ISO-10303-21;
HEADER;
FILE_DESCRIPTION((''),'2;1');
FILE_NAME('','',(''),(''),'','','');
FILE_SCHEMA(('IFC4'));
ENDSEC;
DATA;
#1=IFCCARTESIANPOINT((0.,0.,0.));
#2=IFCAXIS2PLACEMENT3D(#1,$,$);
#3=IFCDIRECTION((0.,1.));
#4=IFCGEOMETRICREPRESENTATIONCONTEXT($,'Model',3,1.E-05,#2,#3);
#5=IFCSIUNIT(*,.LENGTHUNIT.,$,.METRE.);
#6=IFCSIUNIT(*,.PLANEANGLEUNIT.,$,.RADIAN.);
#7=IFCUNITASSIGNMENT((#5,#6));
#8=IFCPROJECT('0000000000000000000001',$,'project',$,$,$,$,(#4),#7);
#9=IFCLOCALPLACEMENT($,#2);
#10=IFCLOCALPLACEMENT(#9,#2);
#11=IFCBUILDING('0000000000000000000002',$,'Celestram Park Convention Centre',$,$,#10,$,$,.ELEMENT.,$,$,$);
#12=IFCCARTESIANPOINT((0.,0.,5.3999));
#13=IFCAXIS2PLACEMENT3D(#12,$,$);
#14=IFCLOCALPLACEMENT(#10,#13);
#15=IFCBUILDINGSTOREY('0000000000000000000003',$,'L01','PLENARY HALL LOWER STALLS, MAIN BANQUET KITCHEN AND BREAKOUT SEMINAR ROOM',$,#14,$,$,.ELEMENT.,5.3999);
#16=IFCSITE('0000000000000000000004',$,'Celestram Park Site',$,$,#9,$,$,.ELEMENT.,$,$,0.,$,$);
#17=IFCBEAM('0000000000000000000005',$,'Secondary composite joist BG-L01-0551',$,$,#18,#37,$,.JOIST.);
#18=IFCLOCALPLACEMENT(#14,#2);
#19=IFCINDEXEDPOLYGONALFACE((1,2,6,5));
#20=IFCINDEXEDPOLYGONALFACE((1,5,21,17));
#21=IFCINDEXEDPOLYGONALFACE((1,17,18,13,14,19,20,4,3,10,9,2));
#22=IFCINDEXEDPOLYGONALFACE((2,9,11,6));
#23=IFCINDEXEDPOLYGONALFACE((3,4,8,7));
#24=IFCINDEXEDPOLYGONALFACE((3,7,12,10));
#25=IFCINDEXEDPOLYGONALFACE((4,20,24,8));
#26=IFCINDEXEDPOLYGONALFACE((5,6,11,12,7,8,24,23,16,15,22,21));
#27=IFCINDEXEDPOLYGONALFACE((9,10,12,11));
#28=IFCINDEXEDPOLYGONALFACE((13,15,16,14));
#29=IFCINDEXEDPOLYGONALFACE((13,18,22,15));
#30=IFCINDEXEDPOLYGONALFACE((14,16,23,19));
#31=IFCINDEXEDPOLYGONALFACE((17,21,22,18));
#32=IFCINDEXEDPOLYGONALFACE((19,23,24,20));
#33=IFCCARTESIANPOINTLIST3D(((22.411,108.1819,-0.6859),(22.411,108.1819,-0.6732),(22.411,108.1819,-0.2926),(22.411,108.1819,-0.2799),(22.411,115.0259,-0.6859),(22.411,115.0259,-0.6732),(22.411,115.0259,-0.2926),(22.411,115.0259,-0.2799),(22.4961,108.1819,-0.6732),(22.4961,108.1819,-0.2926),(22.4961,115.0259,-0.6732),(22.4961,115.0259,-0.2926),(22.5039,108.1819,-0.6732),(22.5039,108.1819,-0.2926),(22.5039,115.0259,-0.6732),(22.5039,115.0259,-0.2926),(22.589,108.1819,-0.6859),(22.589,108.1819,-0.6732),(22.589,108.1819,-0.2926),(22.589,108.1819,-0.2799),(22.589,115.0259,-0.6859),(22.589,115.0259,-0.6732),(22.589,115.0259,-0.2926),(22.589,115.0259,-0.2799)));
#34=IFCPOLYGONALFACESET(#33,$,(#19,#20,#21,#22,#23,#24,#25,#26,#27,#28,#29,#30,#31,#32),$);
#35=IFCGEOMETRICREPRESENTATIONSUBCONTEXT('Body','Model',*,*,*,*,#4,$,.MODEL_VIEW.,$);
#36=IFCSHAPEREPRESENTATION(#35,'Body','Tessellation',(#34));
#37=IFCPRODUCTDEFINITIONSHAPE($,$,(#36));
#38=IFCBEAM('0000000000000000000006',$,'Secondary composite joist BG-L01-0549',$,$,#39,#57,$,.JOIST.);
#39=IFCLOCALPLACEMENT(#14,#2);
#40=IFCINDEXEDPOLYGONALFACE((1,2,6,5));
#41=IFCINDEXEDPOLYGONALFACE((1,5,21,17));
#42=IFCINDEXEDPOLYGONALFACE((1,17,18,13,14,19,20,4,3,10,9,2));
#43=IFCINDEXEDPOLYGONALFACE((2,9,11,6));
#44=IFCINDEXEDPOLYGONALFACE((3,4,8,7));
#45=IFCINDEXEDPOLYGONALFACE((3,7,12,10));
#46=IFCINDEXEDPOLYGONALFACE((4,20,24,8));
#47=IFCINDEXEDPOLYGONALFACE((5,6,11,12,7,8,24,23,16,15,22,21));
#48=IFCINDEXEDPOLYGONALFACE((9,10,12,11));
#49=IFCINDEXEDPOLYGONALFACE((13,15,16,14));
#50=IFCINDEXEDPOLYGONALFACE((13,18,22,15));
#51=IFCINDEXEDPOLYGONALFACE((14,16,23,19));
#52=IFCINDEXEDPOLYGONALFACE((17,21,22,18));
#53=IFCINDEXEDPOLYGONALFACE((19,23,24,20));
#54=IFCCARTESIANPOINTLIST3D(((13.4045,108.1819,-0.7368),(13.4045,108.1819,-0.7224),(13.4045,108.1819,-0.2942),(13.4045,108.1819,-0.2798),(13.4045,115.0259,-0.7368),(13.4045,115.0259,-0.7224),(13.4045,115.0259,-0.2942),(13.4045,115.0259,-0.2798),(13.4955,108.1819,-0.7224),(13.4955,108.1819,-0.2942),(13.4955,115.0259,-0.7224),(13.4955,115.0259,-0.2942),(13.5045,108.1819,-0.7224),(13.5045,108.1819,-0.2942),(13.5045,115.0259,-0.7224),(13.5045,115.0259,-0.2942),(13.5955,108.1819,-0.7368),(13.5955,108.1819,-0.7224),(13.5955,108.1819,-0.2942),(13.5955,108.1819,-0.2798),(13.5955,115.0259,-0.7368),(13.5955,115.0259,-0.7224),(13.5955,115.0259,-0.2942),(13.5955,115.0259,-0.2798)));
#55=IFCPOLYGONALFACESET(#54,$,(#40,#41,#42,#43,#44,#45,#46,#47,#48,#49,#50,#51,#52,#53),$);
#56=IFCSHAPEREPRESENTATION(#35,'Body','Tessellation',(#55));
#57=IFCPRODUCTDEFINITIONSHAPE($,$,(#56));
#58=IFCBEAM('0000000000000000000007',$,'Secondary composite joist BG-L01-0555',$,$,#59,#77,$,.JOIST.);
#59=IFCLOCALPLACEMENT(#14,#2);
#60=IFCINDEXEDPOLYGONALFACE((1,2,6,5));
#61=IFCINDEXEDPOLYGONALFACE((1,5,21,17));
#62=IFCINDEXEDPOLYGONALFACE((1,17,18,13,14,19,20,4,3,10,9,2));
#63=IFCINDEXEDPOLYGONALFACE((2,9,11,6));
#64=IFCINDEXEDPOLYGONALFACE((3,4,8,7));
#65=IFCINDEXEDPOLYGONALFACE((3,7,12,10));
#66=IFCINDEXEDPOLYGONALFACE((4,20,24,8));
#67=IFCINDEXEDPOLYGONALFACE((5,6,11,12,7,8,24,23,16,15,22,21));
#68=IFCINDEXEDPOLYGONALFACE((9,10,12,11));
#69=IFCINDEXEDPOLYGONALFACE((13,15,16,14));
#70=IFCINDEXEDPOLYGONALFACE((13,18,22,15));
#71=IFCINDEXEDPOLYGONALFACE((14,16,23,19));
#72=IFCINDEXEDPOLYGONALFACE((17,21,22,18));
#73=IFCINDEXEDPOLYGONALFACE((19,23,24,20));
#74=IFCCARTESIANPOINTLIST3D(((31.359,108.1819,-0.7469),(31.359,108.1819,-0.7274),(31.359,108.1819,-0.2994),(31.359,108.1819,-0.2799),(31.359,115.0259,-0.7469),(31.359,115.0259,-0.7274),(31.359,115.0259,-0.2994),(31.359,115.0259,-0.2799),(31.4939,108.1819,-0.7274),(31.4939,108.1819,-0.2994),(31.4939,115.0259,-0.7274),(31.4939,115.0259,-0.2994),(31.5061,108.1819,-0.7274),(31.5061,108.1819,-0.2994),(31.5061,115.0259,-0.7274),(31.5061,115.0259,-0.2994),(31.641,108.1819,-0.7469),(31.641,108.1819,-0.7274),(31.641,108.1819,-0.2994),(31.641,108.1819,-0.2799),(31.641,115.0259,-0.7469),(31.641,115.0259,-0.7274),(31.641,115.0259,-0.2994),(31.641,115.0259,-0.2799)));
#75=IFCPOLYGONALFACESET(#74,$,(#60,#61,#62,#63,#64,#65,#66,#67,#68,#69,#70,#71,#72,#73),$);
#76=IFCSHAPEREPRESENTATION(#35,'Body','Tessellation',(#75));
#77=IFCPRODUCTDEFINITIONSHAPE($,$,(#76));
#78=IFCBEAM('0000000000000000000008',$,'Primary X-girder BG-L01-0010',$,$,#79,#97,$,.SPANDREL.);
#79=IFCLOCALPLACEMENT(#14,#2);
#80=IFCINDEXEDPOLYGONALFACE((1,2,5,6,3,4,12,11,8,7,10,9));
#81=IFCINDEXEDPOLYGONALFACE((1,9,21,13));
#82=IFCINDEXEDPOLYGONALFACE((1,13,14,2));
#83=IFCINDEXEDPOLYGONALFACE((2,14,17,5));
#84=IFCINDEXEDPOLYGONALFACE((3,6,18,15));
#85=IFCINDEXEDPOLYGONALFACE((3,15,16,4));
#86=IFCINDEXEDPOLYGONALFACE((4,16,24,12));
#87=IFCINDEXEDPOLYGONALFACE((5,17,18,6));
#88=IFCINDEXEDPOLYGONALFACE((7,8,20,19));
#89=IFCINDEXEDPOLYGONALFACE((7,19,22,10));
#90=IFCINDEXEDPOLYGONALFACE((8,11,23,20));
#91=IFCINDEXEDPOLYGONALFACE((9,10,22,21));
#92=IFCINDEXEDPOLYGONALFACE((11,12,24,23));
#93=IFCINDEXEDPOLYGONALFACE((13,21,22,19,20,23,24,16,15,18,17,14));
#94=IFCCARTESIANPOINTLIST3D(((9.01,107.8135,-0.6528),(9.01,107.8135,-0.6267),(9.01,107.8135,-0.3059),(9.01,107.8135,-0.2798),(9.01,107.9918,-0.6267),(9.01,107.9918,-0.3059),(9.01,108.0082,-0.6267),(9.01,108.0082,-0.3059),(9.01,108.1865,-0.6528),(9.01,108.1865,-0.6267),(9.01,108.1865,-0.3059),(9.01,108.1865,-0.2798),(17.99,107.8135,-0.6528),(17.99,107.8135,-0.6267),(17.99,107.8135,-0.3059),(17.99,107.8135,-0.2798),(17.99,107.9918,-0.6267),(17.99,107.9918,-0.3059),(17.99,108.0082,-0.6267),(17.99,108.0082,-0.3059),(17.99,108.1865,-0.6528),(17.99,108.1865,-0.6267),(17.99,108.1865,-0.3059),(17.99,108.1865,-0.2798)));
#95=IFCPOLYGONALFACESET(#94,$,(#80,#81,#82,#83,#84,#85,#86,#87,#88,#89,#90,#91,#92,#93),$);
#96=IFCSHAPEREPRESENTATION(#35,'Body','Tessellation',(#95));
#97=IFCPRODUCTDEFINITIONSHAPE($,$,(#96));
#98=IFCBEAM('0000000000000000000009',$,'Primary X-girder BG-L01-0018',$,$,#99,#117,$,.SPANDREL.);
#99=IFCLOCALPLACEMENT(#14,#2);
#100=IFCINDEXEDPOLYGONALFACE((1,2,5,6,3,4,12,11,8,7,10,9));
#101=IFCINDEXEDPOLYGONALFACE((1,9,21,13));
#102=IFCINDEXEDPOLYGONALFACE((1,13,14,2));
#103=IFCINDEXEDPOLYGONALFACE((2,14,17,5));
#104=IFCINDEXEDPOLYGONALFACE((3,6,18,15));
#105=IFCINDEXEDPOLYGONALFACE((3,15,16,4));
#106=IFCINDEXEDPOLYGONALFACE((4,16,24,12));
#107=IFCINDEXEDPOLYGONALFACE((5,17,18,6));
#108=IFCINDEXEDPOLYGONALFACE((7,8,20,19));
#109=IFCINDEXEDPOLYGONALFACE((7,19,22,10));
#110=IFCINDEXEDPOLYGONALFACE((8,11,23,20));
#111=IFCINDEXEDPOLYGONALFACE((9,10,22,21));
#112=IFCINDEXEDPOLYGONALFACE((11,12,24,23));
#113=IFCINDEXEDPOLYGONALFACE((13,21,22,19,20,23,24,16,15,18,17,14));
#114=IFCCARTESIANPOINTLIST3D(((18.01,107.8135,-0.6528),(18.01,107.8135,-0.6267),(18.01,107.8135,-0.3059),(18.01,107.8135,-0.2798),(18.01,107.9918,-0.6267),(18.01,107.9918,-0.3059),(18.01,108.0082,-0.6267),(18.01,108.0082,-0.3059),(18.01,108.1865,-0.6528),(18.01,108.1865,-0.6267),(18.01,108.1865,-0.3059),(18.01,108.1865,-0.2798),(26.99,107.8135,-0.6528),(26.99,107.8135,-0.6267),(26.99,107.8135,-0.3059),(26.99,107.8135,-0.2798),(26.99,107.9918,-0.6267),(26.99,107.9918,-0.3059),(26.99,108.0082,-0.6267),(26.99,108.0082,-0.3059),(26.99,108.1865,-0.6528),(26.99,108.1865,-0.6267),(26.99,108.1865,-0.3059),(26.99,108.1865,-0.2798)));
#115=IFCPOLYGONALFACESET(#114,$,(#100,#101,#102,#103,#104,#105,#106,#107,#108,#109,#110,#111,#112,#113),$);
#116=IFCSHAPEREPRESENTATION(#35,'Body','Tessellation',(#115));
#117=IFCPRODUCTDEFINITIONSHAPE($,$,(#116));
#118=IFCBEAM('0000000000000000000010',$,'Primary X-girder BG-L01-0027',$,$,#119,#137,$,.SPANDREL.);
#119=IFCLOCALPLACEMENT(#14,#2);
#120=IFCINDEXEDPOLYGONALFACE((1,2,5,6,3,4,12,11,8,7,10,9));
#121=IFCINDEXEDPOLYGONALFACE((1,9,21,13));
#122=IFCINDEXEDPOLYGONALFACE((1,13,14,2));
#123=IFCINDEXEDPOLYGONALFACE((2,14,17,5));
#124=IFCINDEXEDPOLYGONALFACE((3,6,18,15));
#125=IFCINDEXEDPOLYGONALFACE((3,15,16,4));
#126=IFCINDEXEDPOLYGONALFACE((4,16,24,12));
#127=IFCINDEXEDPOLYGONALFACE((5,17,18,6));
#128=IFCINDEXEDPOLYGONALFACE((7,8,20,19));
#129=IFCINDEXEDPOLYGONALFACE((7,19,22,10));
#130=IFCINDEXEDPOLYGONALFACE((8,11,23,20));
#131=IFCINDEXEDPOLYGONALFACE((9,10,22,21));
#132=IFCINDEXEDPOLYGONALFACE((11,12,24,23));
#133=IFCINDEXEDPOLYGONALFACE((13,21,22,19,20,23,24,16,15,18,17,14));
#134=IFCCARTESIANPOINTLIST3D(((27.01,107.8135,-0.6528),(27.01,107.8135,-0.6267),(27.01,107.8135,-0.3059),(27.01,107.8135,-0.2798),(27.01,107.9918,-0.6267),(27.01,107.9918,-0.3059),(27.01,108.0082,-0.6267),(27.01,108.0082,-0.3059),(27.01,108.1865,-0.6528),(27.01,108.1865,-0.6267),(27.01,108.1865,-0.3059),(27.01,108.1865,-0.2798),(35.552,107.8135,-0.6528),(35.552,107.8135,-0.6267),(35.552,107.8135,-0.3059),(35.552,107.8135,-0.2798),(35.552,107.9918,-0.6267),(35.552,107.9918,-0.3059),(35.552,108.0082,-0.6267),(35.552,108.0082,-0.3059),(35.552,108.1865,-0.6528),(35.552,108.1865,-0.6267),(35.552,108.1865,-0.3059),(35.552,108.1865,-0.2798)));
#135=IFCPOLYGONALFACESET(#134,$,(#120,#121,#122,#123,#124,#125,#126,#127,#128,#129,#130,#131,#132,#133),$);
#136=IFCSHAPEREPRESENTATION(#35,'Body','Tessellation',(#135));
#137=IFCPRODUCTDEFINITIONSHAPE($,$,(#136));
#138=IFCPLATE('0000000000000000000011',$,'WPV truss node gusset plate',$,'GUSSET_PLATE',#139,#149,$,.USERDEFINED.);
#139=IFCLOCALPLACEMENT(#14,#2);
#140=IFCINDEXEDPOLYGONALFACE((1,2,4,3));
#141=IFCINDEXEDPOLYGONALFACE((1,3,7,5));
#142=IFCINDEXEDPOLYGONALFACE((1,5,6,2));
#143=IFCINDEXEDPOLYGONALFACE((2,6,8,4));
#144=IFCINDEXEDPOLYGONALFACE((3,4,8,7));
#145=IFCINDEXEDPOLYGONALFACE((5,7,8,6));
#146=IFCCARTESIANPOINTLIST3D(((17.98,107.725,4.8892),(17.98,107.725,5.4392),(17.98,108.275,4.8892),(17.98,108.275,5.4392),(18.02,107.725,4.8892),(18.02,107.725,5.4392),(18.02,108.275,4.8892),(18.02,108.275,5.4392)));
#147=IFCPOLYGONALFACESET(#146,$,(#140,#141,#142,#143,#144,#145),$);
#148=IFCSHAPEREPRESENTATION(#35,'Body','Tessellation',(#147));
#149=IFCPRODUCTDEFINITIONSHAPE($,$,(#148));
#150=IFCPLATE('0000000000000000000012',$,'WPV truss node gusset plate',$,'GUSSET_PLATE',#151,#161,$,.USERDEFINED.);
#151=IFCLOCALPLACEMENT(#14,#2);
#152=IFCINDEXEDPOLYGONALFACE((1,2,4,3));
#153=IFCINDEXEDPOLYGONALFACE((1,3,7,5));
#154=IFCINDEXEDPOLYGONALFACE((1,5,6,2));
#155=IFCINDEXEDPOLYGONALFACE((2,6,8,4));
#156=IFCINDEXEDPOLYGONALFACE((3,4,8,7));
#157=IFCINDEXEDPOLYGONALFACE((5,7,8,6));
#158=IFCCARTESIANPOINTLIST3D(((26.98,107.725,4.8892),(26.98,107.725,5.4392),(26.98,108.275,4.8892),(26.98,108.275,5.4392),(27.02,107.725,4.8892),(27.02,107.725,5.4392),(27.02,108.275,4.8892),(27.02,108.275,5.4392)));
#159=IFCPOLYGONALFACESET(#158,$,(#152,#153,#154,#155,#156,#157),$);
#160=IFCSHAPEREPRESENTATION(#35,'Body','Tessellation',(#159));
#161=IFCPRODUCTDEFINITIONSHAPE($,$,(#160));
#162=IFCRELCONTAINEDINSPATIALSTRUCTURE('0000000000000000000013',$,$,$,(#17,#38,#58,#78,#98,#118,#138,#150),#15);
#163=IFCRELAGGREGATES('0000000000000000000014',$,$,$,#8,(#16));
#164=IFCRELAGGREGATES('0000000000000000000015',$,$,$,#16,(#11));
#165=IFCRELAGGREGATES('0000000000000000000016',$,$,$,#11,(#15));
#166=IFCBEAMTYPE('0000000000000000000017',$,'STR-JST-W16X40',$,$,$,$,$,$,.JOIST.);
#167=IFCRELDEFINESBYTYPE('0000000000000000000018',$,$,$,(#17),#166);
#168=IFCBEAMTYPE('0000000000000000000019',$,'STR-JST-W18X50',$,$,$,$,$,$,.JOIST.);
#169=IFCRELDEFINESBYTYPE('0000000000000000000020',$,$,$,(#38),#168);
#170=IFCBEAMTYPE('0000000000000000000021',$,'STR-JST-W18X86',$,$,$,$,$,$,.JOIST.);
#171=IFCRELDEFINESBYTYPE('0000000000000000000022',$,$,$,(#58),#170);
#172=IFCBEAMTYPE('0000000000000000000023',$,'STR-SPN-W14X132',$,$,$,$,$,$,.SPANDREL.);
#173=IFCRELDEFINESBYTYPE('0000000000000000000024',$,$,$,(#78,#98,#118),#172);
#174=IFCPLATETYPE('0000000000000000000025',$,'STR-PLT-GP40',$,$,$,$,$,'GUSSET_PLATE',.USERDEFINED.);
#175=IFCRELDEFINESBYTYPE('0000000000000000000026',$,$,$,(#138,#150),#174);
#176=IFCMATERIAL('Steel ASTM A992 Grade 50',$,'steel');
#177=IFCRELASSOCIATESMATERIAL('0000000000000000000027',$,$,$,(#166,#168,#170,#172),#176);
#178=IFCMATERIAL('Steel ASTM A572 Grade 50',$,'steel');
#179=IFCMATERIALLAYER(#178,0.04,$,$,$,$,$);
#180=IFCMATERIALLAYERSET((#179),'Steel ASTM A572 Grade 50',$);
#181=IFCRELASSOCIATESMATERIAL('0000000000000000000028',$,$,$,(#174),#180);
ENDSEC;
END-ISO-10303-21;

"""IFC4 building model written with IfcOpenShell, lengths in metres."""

from ifc_helpers import new_model, si_unit, direction, frame, origin, origin_2d, place, context, subcontext, project, spatial, rectangle, i_section, extrude, material, layer, layer_set, material_profile, profile_set, type_object, element, save


model = new_model("IFC4")

# Units and contexts
model_context = context("Model", 3, precision=1e-05, world=origin(), true_north=direction((0.0, 1.0)))
body_context = subcontext(model_context, "Body", "Model", "MODEL_VIEW")
ifc_project = project(units=[si_unit("LENGTHUNIT", "METRE"), si_unit("PLANEANGLEUNIT", "RADIAN")], contexts=[model_context])

# Site, building, storey
site_placement = place(None, origin())
site = spatial("IfcSite", under=ifc_project, at=site_placement, Name="Celestram Park Site", CompositionType="ELEMENT", RefElevation=0.0)
building_placement = place(site_placement, origin())
building = spatial("IfcBuilding", under=site, at=building_placement, Name="Celestram Park Convention Centre", CompositionType="ELEMENT")
storey_placement = place(building_placement, frame((0.0, 0.0, 5.3999)))
storey = spatial("IfcBuildingStorey", under=building, at=storey_placement, Name="L01", Description="PLENARY HALL LOWER STALLS, MAIN BANQUET KITCHEN AND BREAKOUT SEMINAR ROOM", CompositionType="ELEMENT", Elevation=5.3999)

# Shared definitions
ifc_material_1 = material(Name="Steel ASTM A992 Grade 50", Category="steel")

# Beams
ifc_material_profile_1 = material_profile(ifc_material_1, i_section(OverallWidth=0.178, OverallDepth=0.406, WebThickness=0.0078, FlangeThickness=0.0127, at=origin_2d()), Name="W16X40")
ifc_profile_set_1 = profile_set([ifc_material_profile_1], Name="Steel ASTM A992 Grade 50")
beam_type_1 = type_object("IfcBeamType", Name="STR-JST-W16X40", PredefinedType="JOIST", material=ifc_profile_set_1)
beam_1_placement = place(storey_placement, frame((22.5, 108.1819, -0.4829), z_axis=(0.0, 1.0, 0.0), x_axis=(-1.0, 0.0, 0.0)))
element("IfcBeam", 1, at=beam_1_placement, inside=storey, type_object=beam_type_1, Name="Secondary composite joist BG-L01-0551", PredefinedType="JOIST", context=body_context, shape_type="SweptSolid", body=[
    extrude(i_section(OverallWidth=0.178, OverallDepth=0.406, WebThickness=0.0078, FlangeThickness=0.0127, at=origin_2d()), origin(), (0.0, 0.0, 1.0), 6.844),
])
ifc_material_profile_2 = material_profile(ifc_material_1, i_section(OverallWidth=0.1909, OverallDepth=0.457, WebThickness=0.009, FlangeThickness=0.0144, at=origin_2d()), Name="W18X50")
ifc_profile_set_2 = profile_set([ifc_material_profile_2], Name="Steel ASTM A992 Grade 50")
beam_type_2 = type_object("IfcBeamType", Name="STR-JST-W18X50", PredefinedType="JOIST", material=ifc_profile_set_2)
beam_2_placement = place(storey_placement, frame((13.5, 108.1819, -0.5083), z_axis=(0.0, 1.0, 0.0), x_axis=(-1.0, 0.0, 0.0)))
element("IfcBeam", 2, at=beam_2_placement, inside=storey, type_object=beam_type_2, Name="Secondary composite joist BG-L01-0549", PredefinedType="JOIST", context=body_context, shape_type="SweptSolid", body=[
    extrude(i_section(OverallWidth=0.1909, OverallDepth=0.457, WebThickness=0.009, FlangeThickness=0.0144, at=origin_2d()), origin(), (0.0, 0.0, 1.0), 6.844),
])
ifc_material_profile_3 = material_profile(ifc_material_1, i_section(OverallWidth=0.282, OverallDepth=0.467, WebThickness=0.0122, FlangeThickness=0.0195, at=origin_2d()), Name="W18X86")
ifc_profile_set_3 = profile_set([ifc_material_profile_3], Name="Steel ASTM A992 Grade 50")
beam_type_3 = type_object("IfcBeamType", Name="STR-JST-W18X86", PredefinedType="JOIST", material=ifc_profile_set_3)
beam_3_placement = place(storey_placement, frame((31.5, 108.1819, -0.5134), z_axis=(0.0, 1.0, 0.0), x_axis=(-1.0, 0.0, 0.0)))
element("IfcBeam", 3, at=beam_3_placement, inside=storey, type_object=beam_type_3, Name="Secondary composite joist BG-L01-0555", PredefinedType="JOIST", context=body_context, shape_type="SweptSolid", body=[
    extrude(i_section(OverallWidth=0.282, OverallDepth=0.467, WebThickness=0.0122, FlangeThickness=0.0195, at=origin_2d()), origin(), (0.0, 0.0, 1.0), 6.844),
])
ifc_material_profile_4 = material_profile(ifc_material_1, i_section(OverallWidth=0.373, OverallDepth=0.373, WebThickness=0.0164, FlangeThickness=0.0261, at=origin_2d()), Name="W14X132")
ifc_profile_set_4 = profile_set([ifc_material_profile_4], Name="Steel ASTM A992 Grade 50")
beam_type_4 = type_object("IfcBeamType", Name="STR-SPN-W14X132", PredefinedType="SPANDREL", material=ifc_profile_set_4)
for number, where, z_axis, x_axis, name in (
    (4, (9.01, 108.0, -0.4663), (1.0, 0.0, 0.0), (0.0, 1.0, 0.0), "Primary X-girder BG-L01-0010"),
    (5, (18.01, 108.0, -0.4663), (1.0, 0.0, 0.0), (0.0, 1.0, 0.0), "Primary X-girder BG-L01-0018"),
):
    element("IfcBeam", number, at=place(storey_placement, frame(where, z_axis=z_axis, x_axis=x_axis)), inside=storey, type_object=beam_type_4, Name=name, PredefinedType="SPANDREL", context=body_context, shape_type="SweptSolid", body=[
        extrude(i_section(OverallWidth=0.373, OverallDepth=0.373, WebThickness=0.0164, FlangeThickness=0.0261, at=origin_2d()), origin(), (0.0, 0.0, 1.0), 8.98),
    ])
beam_4_placement = place(storey_placement, frame((27.01, 108.0, -0.4663), z_axis=(1.0, 0.0, 0.0), x_axis=(0.0, 1.0, 0.0)))
element("IfcBeam", 6, at=beam_4_placement, inside=storey, type_object=beam_type_4, Name="Primary X-girder BG-L01-0027", PredefinedType="SPANDREL", context=body_context, shape_type="SweptSolid", body=[
    extrude(i_section(OverallWidth=0.373, OverallDepth=0.373, WebThickness=0.0164, FlangeThickness=0.0261, at=origin_2d()), origin(), (0.0, 0.0, 1.0), 8.542),
])

# Plates
ifc_material_2 = material(Name="Steel ASTM A572 Grade 50", Category="steel")
ifc_layer_1 = layer(ifc_material_2, 0.04)
ifc_layer_set_1 = layer_set([ifc_layer_1], Name="Steel ASTM A572 Grade 50")
plate_type = type_object("IfcPlateType", Name="STR-PLT-GP40", ElementType="GUSSET_PLATE", PredefinedType="USERDEFINED", material=ifc_layer_set_1)
for number, where, z_axis, x_axis, name in (
    (7, (18.0, 108.0, 4.8892), (0.0, 0.0, 1.0), (0.0, 1.0, 0.0), "WPV truss node gusset plate"),
    (8, (27.0, 108.0, 4.8892), (0.0, 0.0, 1.0), (0.0, 1.0, 0.0), "WPV truss node gusset plate"),
):
    element("IfcPlate", number, at=place(storey_placement, frame(where, z_axis=z_axis, x_axis=x_axis)), inside=storey, type_object=plate_type, Name=name, ObjectType="GUSSET_PLATE", PredefinedType="USERDEFINED", context=body_context, shape_type="SweptSolid", body=[
        extrude(rectangle(XDim=0.55, YDim=0.04, at=origin_2d()), origin(), (0.0, 0.0, 1.0), 0.55),
    ])

save(model, "model.ifc")
